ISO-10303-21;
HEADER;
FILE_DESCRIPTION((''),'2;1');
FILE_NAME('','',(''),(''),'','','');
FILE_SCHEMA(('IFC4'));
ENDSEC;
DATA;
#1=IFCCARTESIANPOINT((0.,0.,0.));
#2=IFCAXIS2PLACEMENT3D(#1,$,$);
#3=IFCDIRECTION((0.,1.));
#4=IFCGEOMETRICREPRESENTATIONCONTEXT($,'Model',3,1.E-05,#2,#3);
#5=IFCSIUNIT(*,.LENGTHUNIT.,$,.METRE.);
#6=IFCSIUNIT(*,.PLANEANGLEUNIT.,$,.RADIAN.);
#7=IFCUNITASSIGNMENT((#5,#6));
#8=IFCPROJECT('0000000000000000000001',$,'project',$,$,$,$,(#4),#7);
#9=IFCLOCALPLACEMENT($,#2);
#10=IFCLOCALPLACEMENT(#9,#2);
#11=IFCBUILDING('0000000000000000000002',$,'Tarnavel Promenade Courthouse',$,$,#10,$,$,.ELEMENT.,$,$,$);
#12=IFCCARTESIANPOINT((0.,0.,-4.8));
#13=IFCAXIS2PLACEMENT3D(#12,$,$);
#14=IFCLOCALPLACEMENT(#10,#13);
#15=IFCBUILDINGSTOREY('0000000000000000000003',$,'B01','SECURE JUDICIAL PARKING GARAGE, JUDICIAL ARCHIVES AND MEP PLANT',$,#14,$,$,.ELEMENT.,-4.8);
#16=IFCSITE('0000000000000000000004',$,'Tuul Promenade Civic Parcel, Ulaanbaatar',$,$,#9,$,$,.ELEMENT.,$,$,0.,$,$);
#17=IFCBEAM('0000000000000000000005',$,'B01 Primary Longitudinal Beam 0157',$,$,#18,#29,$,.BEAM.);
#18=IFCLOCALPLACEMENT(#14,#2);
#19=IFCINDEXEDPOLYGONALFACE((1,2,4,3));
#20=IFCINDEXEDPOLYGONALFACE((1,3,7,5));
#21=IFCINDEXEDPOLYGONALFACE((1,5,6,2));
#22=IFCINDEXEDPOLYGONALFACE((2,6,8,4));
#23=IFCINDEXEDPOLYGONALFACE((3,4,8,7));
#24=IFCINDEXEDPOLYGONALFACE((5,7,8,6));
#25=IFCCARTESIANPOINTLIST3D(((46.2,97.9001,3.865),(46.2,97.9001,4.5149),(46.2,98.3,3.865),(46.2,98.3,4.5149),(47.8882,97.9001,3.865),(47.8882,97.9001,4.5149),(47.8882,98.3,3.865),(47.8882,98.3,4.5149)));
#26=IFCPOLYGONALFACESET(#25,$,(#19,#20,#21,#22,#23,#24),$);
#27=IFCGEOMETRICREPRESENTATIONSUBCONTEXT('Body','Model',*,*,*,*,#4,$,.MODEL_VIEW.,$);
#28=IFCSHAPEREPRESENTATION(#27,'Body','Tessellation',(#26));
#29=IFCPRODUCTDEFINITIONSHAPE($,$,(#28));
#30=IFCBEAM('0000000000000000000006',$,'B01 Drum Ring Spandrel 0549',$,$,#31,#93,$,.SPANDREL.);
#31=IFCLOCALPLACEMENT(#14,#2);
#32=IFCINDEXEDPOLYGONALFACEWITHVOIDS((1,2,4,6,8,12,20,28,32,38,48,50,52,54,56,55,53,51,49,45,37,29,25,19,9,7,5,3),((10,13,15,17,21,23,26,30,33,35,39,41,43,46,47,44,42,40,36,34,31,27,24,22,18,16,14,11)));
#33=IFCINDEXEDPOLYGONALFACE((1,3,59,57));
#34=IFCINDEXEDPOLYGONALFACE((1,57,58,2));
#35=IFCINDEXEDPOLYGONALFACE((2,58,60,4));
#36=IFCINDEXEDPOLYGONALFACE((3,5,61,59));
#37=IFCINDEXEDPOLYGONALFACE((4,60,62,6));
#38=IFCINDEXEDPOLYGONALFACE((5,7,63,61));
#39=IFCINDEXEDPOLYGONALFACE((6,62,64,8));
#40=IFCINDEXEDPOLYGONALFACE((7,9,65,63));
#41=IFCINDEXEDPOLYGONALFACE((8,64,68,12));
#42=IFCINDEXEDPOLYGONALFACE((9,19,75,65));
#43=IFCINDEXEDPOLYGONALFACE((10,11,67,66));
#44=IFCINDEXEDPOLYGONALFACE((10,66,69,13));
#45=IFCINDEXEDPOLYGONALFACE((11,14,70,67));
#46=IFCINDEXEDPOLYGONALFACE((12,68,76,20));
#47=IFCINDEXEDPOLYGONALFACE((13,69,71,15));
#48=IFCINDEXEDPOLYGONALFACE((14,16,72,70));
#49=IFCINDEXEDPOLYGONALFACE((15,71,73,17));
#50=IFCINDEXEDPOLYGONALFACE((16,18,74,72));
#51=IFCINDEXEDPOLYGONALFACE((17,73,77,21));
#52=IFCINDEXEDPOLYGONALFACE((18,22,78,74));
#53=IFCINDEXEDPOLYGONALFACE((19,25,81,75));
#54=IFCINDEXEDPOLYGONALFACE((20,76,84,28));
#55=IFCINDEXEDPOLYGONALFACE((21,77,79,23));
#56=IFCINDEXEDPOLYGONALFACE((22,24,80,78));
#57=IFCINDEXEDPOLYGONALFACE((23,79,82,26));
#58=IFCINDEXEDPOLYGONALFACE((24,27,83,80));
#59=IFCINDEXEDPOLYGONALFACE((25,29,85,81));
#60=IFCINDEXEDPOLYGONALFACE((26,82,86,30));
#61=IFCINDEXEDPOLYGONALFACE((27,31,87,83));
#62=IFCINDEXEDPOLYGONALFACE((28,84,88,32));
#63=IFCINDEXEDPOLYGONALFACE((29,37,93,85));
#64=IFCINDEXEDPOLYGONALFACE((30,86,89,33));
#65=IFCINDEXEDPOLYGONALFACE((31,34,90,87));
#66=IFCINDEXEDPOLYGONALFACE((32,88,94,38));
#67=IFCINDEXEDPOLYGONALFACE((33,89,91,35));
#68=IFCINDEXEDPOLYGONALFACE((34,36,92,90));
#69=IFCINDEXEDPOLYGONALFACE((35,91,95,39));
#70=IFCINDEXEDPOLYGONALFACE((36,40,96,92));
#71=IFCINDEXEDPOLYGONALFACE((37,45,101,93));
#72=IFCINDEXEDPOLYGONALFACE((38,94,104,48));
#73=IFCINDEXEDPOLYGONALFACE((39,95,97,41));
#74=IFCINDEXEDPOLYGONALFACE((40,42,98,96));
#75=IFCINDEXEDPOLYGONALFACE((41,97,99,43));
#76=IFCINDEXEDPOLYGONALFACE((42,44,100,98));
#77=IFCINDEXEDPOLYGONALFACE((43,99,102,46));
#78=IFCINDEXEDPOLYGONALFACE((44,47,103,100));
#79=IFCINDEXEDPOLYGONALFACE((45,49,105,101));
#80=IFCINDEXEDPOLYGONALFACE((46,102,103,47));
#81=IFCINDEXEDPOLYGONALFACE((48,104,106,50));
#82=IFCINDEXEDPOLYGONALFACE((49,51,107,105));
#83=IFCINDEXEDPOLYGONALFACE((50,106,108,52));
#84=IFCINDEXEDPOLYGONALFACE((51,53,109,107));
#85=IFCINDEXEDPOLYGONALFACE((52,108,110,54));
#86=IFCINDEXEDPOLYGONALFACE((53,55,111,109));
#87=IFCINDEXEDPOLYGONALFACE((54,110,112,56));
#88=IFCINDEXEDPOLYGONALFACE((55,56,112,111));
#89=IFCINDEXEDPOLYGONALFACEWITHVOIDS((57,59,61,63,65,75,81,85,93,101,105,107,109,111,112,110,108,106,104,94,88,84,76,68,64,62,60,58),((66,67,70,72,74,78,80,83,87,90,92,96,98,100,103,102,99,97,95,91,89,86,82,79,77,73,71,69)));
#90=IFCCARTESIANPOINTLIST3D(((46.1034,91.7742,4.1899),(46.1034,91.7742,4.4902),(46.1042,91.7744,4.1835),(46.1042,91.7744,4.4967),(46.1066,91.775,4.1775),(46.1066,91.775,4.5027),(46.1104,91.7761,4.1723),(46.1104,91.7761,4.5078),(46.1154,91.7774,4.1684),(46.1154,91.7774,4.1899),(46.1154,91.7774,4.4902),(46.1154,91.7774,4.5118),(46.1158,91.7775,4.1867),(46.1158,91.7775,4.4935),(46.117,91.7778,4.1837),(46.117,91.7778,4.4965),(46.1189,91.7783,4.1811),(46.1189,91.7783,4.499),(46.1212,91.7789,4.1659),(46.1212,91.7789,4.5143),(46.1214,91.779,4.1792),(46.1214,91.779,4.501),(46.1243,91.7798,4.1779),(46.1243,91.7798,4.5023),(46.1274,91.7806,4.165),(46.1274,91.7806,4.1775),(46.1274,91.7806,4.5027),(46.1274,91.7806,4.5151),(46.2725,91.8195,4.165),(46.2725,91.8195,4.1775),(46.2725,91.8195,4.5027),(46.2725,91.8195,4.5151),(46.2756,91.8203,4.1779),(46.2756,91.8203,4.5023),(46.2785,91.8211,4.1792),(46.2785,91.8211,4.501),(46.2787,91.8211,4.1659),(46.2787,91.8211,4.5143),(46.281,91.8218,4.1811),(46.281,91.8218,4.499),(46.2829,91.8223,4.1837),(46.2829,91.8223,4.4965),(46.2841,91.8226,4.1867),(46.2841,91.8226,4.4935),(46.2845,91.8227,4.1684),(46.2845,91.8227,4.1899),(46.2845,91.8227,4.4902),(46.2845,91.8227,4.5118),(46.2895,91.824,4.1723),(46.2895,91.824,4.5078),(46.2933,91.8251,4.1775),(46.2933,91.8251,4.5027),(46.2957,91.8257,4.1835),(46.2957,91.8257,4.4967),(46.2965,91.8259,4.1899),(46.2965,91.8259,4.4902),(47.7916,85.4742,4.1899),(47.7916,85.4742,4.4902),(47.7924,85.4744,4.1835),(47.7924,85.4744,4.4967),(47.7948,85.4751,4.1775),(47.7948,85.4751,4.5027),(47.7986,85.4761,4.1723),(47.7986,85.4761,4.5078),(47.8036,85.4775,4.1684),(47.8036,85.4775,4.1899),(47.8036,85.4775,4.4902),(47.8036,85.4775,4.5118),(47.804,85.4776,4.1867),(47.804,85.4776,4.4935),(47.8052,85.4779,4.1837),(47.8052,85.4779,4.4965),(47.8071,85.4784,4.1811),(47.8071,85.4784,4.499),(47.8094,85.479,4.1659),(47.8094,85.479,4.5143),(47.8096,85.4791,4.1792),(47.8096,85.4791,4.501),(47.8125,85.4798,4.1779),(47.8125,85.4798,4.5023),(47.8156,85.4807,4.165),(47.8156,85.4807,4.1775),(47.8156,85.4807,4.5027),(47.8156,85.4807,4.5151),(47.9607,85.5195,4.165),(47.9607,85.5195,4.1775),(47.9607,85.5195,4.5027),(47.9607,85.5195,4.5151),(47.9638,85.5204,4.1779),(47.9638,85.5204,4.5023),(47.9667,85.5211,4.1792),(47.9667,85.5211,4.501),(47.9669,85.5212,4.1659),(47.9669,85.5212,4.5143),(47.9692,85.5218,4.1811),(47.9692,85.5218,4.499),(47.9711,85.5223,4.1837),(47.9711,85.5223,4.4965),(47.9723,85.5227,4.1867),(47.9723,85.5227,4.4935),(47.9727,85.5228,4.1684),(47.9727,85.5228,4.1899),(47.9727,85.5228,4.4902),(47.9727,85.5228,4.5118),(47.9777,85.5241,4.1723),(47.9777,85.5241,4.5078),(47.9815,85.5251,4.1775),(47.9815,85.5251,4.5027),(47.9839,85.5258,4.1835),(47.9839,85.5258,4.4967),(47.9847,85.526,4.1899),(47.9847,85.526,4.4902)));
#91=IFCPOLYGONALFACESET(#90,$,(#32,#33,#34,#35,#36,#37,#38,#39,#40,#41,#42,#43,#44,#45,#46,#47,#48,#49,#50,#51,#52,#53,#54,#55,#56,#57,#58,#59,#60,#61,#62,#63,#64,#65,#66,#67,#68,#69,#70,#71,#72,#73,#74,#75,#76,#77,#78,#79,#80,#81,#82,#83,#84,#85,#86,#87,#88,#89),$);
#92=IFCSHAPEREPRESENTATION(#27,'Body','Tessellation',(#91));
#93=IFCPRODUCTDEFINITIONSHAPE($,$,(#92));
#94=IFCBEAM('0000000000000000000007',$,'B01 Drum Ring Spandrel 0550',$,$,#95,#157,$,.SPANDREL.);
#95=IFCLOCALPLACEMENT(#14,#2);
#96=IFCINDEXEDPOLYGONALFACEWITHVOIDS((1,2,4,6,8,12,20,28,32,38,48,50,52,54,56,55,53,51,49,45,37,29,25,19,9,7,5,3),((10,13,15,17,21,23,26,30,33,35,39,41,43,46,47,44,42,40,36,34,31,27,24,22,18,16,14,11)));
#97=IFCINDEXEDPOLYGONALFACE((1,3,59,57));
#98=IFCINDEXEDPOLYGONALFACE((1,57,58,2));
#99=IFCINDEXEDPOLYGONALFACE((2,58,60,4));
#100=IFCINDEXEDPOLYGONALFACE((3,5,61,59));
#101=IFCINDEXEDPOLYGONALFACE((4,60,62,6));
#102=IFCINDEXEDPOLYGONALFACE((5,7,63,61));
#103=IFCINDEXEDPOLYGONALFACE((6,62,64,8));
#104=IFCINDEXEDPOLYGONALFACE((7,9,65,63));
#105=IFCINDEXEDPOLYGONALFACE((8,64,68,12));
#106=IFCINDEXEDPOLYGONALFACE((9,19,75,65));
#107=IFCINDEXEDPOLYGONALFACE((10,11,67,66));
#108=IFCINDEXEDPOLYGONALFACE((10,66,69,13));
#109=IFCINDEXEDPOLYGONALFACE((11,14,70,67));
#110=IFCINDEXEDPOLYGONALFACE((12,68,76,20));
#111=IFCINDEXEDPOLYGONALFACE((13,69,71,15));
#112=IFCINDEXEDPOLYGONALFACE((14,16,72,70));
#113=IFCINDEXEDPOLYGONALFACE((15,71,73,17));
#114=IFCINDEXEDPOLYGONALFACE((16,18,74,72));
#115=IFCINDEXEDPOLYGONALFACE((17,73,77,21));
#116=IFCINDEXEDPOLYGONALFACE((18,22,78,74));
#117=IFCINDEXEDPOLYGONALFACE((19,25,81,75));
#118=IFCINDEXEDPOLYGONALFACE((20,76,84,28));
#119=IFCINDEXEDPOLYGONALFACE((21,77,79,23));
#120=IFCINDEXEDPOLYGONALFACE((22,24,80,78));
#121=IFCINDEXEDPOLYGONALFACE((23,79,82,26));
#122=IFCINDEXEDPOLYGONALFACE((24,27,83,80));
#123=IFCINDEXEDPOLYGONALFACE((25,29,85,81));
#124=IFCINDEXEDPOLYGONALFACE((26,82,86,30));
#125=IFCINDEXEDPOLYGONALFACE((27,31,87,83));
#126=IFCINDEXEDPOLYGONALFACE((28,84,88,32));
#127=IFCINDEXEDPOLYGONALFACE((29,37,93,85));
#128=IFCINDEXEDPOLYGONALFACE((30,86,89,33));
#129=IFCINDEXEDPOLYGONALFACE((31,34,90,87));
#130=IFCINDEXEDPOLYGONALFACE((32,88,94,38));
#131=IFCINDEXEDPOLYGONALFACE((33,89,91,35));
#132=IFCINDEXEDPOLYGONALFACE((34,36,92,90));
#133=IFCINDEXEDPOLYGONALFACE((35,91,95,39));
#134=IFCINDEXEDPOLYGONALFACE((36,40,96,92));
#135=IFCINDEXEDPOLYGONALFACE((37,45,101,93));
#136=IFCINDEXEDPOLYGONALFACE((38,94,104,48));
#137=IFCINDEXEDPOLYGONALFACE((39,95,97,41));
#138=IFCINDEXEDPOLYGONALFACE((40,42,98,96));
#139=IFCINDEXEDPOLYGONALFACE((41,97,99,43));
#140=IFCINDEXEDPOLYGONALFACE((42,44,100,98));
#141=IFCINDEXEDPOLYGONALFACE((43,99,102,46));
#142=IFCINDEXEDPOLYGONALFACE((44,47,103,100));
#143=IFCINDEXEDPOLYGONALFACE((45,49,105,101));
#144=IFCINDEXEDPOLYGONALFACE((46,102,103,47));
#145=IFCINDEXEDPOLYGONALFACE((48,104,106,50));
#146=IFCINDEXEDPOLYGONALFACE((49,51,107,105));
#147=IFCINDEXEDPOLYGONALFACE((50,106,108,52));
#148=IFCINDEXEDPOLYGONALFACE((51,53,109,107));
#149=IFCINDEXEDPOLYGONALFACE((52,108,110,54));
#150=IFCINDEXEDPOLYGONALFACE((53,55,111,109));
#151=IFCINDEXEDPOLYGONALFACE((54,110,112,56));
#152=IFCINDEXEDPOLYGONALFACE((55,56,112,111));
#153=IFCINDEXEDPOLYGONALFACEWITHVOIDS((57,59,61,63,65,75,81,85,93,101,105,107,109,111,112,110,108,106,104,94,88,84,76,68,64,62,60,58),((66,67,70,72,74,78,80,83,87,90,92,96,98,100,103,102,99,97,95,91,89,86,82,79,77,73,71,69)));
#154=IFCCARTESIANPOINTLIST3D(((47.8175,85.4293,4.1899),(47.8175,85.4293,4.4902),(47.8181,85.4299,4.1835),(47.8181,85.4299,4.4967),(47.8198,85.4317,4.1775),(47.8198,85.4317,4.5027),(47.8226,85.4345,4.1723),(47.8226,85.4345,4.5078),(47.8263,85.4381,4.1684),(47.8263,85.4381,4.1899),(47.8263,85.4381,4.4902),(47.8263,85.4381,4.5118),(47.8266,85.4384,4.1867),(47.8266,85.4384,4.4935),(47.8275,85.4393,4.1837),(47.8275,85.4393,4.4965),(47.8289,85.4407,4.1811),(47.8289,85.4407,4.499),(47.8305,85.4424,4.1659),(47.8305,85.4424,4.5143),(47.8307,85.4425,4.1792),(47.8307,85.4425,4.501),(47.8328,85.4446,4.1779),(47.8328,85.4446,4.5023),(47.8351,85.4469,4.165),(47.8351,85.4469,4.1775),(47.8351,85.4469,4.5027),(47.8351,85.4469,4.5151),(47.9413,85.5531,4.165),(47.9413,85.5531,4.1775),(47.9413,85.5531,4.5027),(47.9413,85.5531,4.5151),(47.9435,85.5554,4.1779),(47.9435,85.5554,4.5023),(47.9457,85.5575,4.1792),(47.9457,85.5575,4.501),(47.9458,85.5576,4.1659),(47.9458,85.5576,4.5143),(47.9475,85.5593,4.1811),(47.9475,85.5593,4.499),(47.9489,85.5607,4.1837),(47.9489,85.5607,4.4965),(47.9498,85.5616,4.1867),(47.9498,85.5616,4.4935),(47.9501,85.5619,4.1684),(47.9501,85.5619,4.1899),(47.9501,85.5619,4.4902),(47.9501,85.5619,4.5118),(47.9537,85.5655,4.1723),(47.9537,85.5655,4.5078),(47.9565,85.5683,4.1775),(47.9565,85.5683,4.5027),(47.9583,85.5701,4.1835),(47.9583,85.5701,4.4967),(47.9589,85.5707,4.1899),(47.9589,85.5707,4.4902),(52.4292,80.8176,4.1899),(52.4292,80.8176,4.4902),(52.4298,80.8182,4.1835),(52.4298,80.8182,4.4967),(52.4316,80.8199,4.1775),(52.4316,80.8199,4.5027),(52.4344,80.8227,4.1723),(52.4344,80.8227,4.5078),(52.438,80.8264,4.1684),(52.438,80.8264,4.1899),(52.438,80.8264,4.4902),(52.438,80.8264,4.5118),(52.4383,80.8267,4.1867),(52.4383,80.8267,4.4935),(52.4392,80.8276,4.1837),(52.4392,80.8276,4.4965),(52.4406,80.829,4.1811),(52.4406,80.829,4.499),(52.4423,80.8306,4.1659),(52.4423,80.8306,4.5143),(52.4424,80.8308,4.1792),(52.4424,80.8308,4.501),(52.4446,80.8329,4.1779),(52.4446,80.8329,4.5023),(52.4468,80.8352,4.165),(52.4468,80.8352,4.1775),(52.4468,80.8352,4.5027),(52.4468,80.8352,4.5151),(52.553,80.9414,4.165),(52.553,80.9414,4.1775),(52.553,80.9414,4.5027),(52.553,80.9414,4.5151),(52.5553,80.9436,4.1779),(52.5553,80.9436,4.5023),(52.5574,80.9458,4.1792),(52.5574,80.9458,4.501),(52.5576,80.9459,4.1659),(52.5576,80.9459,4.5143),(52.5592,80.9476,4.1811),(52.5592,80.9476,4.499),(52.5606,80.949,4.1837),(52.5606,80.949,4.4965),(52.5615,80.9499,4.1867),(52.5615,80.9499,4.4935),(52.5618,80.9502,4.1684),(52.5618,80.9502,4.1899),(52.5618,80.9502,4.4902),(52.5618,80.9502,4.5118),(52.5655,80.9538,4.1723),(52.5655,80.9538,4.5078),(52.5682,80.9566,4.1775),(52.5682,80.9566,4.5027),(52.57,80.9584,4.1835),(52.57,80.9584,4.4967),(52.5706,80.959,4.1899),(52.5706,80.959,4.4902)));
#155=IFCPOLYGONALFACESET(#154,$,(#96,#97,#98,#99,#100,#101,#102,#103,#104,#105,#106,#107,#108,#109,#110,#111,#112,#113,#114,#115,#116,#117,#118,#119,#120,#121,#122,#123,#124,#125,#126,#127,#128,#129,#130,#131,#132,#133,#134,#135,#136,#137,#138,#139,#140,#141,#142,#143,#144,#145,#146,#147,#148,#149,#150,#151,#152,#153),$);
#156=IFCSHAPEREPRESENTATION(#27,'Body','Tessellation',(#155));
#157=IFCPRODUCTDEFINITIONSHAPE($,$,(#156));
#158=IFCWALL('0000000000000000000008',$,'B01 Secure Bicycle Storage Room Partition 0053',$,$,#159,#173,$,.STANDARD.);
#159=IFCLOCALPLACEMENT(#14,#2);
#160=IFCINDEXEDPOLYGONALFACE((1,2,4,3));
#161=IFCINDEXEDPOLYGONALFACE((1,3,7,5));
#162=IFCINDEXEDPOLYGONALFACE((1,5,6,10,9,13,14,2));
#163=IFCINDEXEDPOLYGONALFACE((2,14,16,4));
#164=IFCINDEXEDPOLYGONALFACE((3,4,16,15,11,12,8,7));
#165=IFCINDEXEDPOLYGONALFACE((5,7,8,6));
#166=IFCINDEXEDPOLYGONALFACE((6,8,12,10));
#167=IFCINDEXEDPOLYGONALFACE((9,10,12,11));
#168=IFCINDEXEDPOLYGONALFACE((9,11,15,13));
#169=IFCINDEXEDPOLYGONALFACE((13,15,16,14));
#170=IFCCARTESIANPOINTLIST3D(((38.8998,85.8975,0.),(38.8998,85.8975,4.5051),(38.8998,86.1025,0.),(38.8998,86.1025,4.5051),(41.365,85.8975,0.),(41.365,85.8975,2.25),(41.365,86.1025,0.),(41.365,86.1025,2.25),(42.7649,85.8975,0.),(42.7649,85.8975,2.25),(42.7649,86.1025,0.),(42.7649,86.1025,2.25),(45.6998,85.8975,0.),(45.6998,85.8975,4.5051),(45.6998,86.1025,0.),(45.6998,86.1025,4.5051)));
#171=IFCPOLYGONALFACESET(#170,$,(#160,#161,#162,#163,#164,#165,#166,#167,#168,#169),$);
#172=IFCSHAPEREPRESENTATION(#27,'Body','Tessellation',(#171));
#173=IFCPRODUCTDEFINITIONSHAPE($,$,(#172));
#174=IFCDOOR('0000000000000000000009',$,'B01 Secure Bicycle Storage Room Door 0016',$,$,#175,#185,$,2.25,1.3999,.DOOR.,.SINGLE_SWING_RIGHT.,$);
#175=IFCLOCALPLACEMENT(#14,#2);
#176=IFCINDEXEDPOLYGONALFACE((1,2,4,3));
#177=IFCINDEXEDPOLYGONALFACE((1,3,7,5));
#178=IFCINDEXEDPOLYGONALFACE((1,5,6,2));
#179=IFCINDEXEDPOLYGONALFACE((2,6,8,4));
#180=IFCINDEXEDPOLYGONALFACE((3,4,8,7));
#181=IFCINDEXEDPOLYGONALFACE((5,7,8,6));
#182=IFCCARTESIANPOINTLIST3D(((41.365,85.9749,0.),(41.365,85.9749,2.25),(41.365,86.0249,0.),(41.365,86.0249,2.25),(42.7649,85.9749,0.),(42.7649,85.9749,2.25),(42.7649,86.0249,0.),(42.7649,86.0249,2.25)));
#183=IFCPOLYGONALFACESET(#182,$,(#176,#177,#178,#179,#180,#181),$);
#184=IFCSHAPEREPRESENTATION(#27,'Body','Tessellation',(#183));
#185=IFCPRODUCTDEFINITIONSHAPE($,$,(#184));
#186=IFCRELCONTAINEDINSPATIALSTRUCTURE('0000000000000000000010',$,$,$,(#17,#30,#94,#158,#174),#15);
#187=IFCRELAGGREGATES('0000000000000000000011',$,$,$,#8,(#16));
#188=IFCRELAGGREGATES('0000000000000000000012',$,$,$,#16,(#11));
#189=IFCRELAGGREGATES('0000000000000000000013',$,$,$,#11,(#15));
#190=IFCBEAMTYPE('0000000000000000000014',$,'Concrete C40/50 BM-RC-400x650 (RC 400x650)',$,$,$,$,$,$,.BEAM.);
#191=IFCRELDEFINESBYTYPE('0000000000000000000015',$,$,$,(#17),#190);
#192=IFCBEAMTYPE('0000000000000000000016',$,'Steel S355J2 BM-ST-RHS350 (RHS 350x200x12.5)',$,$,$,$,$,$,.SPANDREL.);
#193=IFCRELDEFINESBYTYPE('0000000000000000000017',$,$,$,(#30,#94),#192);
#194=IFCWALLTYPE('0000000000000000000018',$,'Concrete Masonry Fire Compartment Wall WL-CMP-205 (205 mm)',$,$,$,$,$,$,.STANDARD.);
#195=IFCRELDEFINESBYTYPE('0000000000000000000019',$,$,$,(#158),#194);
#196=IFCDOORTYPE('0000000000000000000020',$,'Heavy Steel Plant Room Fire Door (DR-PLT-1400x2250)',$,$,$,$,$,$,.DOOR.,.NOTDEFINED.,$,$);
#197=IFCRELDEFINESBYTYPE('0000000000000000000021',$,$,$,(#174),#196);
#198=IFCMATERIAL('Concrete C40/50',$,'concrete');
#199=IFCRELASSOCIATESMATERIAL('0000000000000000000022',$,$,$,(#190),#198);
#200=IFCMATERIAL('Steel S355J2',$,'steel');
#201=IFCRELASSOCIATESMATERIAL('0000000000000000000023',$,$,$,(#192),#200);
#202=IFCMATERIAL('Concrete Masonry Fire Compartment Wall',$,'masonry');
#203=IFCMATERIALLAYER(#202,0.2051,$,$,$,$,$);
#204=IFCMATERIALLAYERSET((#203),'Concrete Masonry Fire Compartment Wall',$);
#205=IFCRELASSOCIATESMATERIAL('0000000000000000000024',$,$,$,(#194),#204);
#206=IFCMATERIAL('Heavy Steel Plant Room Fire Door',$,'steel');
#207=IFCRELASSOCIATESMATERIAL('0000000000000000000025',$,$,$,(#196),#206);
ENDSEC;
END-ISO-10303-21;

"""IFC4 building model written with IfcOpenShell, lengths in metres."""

from ifc_helpers import new_model, si_unit, direction, frame, frame_2d, origin, origin_2d, place, context, subcontext, project, spatial, rectangle, hollow_rectangle, extrude, material, layer, layer_set, material_profile, profile_set, type_object, element, fill, save


model = new_model("IFC4")

# Units and contexts
model_context = context("Model", 3, precision=1e-05, world=origin(), true_north=direction((0.0, 1.0)))
body_context = subcontext(model_context, "Body", "Model", "MODEL_VIEW")
ifc_project = project(units=[si_unit("LENGTHUNIT", "METRE"), si_unit("PLANEANGLEUNIT", "RADIAN")], contexts=[model_context])

# Site, building, storey
site_placement = place(None, origin())
site = spatial("IfcSite", under=ifc_project, at=site_placement, Name="Tuul Promenade Civic Parcel, Ulaanbaatar", CompositionType="ELEMENT", RefElevation=0.0)
building_placement = place(site_placement, origin())
building = spatial("IfcBuilding", under=site, at=building_placement, Name="Tarnavel Promenade Courthouse", CompositionType="ELEMENT")
storey_placement = place(building_placement, frame((0.0, 0.0, -4.8)))
storey = spatial("IfcBuildingStorey", under=building, at=storey_placement, Name="B01", Description="SECURE JUDICIAL PARKING GARAGE, JUDICIAL ARCHIVES AND MEP PLANT", CompositionType="ELEMENT", Elevation=-4.8)

# Shared definitions
ifc_material_1 = material(Name="Concrete C40/50", Category="concrete")

# Beams
ifc_material_profile_1 = material_profile(ifc_material_1, rectangle(XDim=0.3999, YDim=0.6499, at=origin_2d()), Name="RC 400x650")
ifc_profile_set_1 = profile_set([ifc_material_profile_1], Name="Concrete C40/50")
beam_type_1 = type_object("IfcBeamType", Name="Concrete C40/50 BM-RC-400x650 (RC 400x650)", PredefinedType="BEAM", material=ifc_profile_set_1)
beam_1_placement = place(storey_placement, frame((46.2, 98.1001, 4.1899), z_axis=(1.0, 0.0, 0.0), x_axis=(0.0, 1.0, 0.0)))
element("IfcBeam", 1, at=beam_1_placement, inside=storey, type_object=beam_type_1, Name="B01 Primary Longitudinal Beam 0157", PredefinedType="BEAM", context=body_context, shape_type="SweptSolid", body=[
    extrude(rectangle(XDim=0.3999, YDim=0.6499, at=origin_2d()), origin(), (0.0, 0.0, 1.0), 1.6882),
])
ifc_material_2 = material(Name="Steel S355J2", Category="steel")
ifc_material_profile_2 = material_profile(ifc_material_2, hollow_rectangle(XDim=0.2, YDim=0.3501, WallThickness=0.0125, InnerFilletRadius=0.0125, OuterFilletRadius=0.0249, at=origin_2d()), Name="RHS 350x200x12.5")
ifc_profile_set_2 = profile_set([ifc_material_profile_2], Name="Steel S355J2")
beam_type_2 = type_object("IfcBeamType", Name="Steel S355J2 BM-ST-RHS350 (RHS 350x200x12.5)", PredefinedType="SPANDREL", material=ifc_profile_set_2)
beam_2_placement = place(storey_placement, frame((46.2, 91.8, 4.3401), z_axis=(0.258839, -0.96592, 0.0), x_axis=(0.96592, 0.258839, 0.0)))
element("IfcBeam", 2, at=beam_2_placement, inside=storey, type_object=beam_type_2, Name="B01 Drum Ring Spandrel 0549", PredefinedType="SPANDREL", context=body_context, shape_type="SweptSolid", body=[
    extrude(hollow_rectangle(XDim=0.2, YDim=0.3501, WallThickness=0.0125, InnerFilletRadius=0.0125, OuterFilletRadius=0.0249, at=origin_2d()), origin(), (0.0, 0.0, 1.0), 6.5222),
])
beam_3_placement = place(storey_placement, frame((47.8882, 85.5, 4.3401), z_axis=(0.707107, -0.707107, 0.0), x_axis=(0.707107, 0.707107, 0.0)))
element("IfcBeam", 3, at=beam_3_placement, inside=storey, type_object=beam_type_2, Name="B01 Drum Ring Spandrel 0550", PredefinedType="SPANDREL", context=body_context, shape_type="SweptSolid", body=[
    extrude(hollow_rectangle(XDim=0.2, YDim=0.3501, WallThickness=0.0125, InnerFilletRadius=0.0125, OuterFilletRadius=0.0249, at=origin_2d()), origin(), (0.0, 0.0, 1.0), 6.522),
])

# Wall, opening, door
ifc_material_3 = material(Name="Concrete Masonry Fire Compartment Wall", Category="masonry")
ifc_layer = layer(ifc_material_3, 0.2051)
ifc_layer_set = layer_set([ifc_layer], Name="Concrete Masonry Fire Compartment Wall")
wall_type = type_object("IfcWallType", Name="Concrete Masonry Fire Compartment Wall WL-CMP-205 (205 mm)", PredefinedType="STANDARD", material=ifc_layer_set)
wall_1_placement = place(storey_placement, frame((38.8999, 86.0, 0.0), z_axis=(0.0, 0.0, 1.0), x_axis=(1.0, 0.0, 0.0)))
wall_1 = element("IfcWall", 4, at=wall_1_placement, inside=storey, type_object=wall_type, Name="B01 Secure Bicycle Storage Room Partition 0053", PredefinedType="STANDARD", context=body_context, shape_type="SweptSolid", body=[
    extrude(rectangle(XDim=6.8, YDim=0.2051, at=frame_2d((3.3999, 0.0))), origin(), (0.0, 0.0, 1.0), 4.5051),
])
opening_placement = place(wall_1_placement, frame((2.4651, 0.0, 0.0)))
opening = element("IfcOpeningElement", 5, at=opening_placement, cuts=wall_1, PredefinedType="OPENING", context=body_context, shape_type="SweptSolid", body=[
    extrude(rectangle(XDim=1.3999, YDim=2.25, at=frame_2d((0.7, 1.125))), frame((0.0, 0.1125, 0.0), z_axis=(0.0, -1.0, 0.0), x_axis=(1.0, 0.0, 0.0)), (0.0, 0.0, 1.0), 0.2251),
])
ifc_material_4 = material(Name="Heavy Steel Plant Room Fire Door", Category="steel")
door_type = type_object("IfcDoorType", Name="Heavy Steel Plant Room Fire Door (DR-PLT-1400x2250)", OperationType="NOTDEFINED", PredefinedType="DOOR", material=ifc_material_4)
door_placement = place(opening_placement, origin())
door = element("IfcDoor", 6, at=door_placement, inside=storey, type_object=door_type, Name="B01 Secure Bicycle Storage Room Door 0016", OperationType="SINGLE_SWING_RIGHT", OverallHeight=2.25, OverallWidth=1.3999, PredefinedType="DOOR", context=body_context, shape_type="SweptSolid", body=[
    extrude(rectangle(XDim=1.3999, YDim=2.25, at=frame_2d((0.7, 1.125))), frame((0.0, 0.0249, 0.0), z_axis=(0.0, -1.0, 0.0), x_axis=(1.0, 0.0, 0.0)), (0.0, 0.0, 1.0), 0.05),
])
fill(opening, door)

save(model, "model.ifc")
